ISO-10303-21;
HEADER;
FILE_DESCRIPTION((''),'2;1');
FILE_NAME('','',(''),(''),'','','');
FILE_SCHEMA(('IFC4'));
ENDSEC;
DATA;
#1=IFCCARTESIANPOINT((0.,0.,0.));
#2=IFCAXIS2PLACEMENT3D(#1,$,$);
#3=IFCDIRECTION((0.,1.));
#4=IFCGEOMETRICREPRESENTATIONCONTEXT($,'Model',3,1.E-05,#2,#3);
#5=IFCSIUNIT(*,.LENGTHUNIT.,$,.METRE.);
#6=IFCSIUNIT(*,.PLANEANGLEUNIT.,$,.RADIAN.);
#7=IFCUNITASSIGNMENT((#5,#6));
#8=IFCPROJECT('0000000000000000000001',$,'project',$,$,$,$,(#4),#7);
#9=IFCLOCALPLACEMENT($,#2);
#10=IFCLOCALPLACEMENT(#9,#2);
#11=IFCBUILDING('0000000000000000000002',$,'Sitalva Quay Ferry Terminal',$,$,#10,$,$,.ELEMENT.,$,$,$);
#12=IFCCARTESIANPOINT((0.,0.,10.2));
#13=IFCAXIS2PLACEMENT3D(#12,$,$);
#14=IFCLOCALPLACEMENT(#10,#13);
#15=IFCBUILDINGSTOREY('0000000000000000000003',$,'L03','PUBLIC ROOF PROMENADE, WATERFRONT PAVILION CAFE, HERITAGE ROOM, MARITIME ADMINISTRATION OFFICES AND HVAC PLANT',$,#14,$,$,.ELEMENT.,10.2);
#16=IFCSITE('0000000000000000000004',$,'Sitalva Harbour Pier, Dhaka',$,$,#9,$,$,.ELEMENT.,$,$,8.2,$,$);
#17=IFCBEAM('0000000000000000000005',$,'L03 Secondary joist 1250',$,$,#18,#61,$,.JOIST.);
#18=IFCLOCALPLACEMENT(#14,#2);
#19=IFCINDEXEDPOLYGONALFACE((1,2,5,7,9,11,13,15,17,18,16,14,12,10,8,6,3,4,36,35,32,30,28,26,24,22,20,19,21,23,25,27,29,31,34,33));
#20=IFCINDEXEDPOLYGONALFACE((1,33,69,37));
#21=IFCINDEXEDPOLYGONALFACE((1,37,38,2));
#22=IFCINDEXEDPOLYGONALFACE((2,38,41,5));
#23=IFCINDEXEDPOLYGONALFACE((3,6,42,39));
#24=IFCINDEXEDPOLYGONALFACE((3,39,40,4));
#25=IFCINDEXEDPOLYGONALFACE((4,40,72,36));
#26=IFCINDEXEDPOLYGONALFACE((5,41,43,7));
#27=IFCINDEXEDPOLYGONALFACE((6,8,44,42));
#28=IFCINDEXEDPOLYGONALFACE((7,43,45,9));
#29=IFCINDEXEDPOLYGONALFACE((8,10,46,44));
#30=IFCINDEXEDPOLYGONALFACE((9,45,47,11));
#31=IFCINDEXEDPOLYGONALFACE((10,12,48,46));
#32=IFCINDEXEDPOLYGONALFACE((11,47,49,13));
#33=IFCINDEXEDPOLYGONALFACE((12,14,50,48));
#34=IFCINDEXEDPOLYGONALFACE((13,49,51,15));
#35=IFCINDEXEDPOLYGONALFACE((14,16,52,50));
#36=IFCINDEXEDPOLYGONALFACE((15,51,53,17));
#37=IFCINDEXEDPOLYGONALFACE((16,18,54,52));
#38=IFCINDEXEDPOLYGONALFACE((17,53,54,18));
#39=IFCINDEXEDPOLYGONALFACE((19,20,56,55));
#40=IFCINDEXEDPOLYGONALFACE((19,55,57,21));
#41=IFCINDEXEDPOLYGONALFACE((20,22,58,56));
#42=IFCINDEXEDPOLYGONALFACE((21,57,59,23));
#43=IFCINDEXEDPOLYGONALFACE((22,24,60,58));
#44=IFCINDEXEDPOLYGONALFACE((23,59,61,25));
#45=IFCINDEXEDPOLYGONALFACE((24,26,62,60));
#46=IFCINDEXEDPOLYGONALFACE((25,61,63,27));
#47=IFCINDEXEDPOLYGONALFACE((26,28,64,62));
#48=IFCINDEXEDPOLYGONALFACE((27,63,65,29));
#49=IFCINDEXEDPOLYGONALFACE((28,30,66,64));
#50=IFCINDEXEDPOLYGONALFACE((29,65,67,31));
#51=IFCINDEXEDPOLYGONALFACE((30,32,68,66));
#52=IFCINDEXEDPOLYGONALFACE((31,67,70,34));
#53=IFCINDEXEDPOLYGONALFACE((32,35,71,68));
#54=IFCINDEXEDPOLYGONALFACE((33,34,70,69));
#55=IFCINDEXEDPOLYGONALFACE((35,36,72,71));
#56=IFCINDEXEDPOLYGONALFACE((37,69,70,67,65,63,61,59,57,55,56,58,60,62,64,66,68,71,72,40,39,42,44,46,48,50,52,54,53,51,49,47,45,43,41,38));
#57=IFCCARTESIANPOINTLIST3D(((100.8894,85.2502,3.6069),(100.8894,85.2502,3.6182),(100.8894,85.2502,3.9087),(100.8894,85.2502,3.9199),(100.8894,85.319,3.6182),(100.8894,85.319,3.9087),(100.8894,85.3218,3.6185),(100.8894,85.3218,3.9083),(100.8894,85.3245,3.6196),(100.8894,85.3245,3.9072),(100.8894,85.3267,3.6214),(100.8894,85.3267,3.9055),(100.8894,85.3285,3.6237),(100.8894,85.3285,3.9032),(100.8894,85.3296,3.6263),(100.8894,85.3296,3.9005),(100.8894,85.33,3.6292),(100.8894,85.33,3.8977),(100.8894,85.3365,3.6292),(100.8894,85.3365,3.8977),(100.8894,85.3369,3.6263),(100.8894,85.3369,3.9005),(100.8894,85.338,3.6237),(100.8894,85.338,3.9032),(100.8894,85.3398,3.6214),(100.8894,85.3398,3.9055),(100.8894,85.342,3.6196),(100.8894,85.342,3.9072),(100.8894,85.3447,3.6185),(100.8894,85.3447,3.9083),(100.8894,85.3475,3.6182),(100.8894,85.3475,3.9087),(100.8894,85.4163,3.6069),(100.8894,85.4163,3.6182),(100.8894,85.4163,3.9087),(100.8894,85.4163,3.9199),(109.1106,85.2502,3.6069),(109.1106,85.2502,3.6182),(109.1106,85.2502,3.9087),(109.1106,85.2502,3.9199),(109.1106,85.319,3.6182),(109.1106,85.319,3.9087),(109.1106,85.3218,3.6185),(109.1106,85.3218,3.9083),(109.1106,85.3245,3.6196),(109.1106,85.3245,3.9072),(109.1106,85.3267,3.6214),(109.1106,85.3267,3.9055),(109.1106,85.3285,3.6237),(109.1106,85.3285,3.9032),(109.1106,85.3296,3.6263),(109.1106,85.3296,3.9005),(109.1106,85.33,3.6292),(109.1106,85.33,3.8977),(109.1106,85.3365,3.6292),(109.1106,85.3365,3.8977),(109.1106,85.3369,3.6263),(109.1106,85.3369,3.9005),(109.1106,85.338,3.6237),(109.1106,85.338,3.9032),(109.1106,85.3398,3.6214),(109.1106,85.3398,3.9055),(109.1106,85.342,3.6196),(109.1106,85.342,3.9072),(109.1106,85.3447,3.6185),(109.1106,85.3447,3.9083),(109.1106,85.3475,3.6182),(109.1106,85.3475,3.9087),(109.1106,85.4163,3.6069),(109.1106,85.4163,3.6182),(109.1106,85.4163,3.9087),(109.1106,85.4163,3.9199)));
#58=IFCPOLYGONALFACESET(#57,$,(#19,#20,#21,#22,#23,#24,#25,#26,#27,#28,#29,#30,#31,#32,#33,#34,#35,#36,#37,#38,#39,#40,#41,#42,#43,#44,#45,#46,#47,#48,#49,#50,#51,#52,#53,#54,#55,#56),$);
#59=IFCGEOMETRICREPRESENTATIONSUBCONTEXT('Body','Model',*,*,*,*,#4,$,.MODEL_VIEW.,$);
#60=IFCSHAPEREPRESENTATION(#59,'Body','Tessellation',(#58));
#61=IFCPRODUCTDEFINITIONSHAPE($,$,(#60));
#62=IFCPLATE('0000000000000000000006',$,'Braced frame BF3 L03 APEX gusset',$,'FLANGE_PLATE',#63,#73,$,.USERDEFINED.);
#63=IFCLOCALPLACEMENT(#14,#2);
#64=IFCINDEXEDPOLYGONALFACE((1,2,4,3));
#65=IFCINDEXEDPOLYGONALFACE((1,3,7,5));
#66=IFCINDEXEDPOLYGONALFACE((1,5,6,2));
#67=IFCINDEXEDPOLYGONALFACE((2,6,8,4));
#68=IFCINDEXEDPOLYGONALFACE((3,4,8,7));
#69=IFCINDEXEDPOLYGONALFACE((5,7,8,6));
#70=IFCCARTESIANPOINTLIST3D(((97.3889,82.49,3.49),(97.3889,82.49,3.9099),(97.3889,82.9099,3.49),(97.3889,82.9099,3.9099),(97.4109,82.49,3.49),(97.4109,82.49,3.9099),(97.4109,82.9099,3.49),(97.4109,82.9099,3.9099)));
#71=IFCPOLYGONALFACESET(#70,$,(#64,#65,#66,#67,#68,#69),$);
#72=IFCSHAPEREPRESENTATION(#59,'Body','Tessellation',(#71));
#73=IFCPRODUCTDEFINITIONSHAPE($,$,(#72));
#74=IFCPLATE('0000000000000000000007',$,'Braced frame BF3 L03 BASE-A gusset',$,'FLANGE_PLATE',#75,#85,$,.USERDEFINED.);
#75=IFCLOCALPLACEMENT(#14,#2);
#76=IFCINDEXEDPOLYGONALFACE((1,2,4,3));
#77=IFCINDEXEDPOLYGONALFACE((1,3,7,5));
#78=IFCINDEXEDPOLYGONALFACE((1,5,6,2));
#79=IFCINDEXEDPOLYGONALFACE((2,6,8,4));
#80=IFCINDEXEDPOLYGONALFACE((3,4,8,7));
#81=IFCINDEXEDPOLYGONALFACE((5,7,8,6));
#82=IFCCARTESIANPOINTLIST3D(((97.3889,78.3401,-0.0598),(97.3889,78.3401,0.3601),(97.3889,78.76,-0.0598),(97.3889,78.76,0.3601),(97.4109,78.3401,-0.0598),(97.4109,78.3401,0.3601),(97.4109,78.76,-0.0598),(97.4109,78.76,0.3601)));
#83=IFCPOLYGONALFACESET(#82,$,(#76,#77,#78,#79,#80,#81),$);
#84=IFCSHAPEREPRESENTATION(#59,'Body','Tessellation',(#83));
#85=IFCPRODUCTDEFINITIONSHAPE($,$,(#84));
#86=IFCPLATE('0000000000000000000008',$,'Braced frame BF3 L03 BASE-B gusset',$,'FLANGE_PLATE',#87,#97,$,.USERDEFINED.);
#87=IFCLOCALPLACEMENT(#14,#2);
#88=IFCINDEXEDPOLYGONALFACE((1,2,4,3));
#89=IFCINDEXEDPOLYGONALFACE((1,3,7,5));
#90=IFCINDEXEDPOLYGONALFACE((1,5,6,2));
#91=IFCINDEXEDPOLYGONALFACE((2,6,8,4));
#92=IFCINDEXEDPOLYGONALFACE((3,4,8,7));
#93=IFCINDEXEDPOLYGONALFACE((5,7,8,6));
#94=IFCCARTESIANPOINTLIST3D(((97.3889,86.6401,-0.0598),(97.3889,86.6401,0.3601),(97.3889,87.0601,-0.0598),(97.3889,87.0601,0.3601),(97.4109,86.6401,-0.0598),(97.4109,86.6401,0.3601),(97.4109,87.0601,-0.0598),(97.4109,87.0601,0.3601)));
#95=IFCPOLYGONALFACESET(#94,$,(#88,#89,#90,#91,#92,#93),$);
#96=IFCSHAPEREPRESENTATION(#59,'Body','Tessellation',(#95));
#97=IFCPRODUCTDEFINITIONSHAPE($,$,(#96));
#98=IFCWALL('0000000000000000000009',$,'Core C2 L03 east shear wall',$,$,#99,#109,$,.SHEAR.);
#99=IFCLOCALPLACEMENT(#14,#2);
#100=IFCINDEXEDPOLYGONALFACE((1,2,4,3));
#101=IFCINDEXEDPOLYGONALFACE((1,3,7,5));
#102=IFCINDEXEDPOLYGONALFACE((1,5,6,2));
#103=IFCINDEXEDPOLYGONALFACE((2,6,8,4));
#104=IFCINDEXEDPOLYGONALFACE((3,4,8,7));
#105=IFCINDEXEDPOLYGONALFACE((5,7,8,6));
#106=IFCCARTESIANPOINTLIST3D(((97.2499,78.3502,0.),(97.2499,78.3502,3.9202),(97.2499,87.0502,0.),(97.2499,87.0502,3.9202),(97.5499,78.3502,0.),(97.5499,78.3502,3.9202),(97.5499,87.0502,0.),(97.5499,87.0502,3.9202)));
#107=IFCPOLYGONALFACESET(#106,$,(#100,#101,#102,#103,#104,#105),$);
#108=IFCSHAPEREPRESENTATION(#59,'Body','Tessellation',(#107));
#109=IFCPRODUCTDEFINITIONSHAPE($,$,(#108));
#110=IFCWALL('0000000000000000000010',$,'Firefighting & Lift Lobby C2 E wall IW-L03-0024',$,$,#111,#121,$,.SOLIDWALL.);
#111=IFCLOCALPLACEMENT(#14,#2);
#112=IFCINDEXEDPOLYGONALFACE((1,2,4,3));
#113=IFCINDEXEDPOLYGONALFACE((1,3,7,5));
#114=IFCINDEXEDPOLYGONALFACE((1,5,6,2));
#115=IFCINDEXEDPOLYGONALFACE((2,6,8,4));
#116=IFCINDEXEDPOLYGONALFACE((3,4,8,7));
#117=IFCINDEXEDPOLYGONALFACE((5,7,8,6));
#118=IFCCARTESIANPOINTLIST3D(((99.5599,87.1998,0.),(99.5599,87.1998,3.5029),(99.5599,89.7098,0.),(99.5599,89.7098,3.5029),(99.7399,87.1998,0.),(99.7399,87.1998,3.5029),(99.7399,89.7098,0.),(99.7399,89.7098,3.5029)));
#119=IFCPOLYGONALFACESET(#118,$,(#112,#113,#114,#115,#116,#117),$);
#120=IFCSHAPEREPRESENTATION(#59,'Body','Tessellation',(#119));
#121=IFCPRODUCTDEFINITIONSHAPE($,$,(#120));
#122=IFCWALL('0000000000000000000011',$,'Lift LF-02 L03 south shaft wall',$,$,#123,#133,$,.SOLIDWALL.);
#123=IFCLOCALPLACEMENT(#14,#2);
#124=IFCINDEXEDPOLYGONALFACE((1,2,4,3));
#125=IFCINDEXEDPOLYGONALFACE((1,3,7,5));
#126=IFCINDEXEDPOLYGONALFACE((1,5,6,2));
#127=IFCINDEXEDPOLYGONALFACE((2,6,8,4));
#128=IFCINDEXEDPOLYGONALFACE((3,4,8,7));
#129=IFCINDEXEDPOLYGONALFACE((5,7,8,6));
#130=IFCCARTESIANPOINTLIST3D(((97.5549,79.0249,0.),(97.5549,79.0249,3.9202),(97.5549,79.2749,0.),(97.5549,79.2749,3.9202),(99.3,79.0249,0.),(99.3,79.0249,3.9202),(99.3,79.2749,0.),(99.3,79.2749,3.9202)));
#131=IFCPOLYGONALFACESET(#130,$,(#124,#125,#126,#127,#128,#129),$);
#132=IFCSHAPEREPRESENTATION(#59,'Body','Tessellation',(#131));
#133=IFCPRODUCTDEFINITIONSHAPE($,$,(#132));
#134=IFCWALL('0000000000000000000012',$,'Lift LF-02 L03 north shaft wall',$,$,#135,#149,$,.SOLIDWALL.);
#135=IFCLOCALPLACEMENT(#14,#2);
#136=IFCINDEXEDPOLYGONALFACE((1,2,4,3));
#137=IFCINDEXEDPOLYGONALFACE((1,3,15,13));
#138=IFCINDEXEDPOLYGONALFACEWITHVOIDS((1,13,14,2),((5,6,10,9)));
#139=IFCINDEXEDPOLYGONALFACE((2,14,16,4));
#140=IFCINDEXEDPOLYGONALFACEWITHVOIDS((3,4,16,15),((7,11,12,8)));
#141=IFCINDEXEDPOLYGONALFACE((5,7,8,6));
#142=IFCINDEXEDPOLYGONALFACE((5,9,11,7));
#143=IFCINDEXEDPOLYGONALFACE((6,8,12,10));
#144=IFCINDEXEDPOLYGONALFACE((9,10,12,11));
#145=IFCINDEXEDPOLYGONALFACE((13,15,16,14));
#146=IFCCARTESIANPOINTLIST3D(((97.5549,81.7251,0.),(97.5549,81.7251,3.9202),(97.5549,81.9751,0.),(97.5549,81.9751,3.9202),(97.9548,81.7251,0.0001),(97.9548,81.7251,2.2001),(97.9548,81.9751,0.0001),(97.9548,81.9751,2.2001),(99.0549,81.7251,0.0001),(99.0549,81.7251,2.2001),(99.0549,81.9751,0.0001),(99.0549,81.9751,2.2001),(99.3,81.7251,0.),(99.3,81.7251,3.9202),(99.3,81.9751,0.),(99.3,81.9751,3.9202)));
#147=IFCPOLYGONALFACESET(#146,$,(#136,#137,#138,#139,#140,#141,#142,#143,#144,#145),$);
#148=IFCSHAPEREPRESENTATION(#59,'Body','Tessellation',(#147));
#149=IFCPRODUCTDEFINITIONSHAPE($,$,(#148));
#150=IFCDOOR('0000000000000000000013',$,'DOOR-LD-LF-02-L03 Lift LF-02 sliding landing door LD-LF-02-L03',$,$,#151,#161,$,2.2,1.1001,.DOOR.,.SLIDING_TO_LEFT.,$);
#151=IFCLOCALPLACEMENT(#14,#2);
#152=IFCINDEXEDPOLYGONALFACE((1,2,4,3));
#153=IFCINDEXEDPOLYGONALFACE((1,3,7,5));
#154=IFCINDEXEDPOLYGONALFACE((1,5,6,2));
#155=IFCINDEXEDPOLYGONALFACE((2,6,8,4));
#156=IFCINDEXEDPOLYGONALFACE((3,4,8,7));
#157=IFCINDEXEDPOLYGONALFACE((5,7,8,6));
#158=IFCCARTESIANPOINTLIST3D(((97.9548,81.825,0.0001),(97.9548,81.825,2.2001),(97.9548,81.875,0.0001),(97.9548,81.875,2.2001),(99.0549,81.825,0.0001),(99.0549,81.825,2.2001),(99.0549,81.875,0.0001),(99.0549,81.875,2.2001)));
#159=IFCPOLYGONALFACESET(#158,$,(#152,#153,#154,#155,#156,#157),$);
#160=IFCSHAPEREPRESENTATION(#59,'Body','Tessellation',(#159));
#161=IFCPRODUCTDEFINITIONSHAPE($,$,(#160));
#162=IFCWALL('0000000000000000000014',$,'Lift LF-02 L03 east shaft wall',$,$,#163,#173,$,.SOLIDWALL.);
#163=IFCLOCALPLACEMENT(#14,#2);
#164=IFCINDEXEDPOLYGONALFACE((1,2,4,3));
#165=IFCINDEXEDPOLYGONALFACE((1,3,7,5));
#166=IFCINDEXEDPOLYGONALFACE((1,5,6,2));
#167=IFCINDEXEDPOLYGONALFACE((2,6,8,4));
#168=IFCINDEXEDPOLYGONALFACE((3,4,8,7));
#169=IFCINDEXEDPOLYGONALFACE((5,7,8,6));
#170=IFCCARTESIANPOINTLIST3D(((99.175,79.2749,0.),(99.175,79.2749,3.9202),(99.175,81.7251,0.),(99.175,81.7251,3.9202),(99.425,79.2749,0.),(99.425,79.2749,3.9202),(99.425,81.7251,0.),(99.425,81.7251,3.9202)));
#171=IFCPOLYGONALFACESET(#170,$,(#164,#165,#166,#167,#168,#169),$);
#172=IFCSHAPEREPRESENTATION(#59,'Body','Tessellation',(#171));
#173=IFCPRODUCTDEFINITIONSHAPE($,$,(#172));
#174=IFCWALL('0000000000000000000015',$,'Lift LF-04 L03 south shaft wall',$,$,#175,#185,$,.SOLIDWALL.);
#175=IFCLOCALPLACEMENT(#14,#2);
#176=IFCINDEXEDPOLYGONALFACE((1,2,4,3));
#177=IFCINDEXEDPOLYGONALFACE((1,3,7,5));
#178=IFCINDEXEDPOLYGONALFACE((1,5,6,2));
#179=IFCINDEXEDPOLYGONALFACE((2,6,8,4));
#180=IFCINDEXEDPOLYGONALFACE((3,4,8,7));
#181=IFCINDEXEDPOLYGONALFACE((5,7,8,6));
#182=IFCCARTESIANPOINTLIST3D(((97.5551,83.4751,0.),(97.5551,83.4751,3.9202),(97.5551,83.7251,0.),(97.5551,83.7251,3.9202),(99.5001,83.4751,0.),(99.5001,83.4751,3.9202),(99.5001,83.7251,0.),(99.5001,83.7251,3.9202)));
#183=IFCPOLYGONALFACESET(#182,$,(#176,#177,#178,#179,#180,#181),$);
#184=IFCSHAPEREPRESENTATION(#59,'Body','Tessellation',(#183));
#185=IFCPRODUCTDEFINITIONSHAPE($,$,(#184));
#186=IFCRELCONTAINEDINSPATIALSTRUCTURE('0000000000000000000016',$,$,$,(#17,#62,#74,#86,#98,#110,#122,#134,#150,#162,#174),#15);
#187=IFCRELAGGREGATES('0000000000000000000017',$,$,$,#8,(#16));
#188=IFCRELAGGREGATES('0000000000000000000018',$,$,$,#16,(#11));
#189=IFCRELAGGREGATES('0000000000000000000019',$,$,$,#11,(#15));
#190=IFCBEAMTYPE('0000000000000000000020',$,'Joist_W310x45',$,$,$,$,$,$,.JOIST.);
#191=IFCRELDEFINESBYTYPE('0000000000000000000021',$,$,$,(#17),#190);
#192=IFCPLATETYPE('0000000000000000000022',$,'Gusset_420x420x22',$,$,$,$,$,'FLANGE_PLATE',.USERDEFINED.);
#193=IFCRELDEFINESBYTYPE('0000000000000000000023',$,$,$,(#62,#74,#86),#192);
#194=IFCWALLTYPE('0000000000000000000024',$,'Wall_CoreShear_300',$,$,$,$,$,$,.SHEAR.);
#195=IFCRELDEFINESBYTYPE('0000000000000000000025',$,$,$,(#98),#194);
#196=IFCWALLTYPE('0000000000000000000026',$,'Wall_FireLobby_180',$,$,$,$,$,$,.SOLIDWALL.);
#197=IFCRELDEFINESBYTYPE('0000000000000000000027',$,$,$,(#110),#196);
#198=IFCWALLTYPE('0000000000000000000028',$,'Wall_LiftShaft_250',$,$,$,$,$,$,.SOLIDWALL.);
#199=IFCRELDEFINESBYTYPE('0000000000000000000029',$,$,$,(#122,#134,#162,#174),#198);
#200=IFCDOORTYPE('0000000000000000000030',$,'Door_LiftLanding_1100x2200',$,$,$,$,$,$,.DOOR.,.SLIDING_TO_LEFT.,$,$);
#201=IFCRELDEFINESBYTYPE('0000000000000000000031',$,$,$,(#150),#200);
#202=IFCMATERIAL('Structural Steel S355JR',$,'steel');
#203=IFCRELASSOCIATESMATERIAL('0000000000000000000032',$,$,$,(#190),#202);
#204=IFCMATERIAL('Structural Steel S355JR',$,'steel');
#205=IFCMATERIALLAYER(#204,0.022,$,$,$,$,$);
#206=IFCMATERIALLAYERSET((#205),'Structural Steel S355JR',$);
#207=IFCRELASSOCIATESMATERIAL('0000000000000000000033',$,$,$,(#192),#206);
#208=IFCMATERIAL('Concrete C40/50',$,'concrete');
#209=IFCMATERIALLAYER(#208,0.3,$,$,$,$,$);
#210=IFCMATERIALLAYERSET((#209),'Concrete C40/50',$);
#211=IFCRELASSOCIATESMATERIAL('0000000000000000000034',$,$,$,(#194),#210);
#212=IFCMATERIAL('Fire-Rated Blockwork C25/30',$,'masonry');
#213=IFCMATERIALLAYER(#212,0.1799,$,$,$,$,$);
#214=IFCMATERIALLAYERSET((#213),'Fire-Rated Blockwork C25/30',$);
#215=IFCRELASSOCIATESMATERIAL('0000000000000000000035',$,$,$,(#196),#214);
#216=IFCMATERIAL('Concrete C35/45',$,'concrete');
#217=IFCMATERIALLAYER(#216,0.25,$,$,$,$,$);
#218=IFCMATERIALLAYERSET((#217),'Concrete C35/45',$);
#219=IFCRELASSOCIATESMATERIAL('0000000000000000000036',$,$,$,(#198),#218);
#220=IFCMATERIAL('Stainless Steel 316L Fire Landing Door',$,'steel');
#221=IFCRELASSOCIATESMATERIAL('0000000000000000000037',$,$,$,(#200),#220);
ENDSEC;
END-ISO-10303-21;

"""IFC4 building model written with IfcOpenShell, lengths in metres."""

from ifc_helpers import new_model, si_unit, direction, frame, frame_2d, origin, origin_2d, place, context, subcontext, project, spatial, rectangle, i_section, extrude, material, layer, layer_set, material_profile, profile_set, type_object, element, fill, save


model = new_model("IFC4")

# Units and contexts
model_context = context("Model", 3, precision=1e-05, world=origin(), true_north=direction((0.0, 1.0)))
body_context = subcontext(model_context, "Body", "Model", "MODEL_VIEW")
ifc_project = project(units=[si_unit("LENGTHUNIT", "METRE"), si_unit("PLANEANGLEUNIT", "RADIAN")], contexts=[model_context])

# Site, building, storey
site_placement = place(None, origin())
site = spatial("IfcSite", under=ifc_project, at=site_placement, Name="Sitalva Harbour Pier, Dhaka", CompositionType="ELEMENT", RefElevation=8.2)
building_placement = place(site_placement, origin())
building = spatial("IfcBuilding", under=site, at=building_placement, Name="Sitalva Quay Ferry Terminal", CompositionType="ELEMENT")
storey_placement = place(building_placement, frame((0.0, 0.0, 10.2)))
storey = spatial("IfcBuildingStorey", under=building, at=storey_placement, Name="L03", Description="PUBLIC ROOF PROMENADE, WATERFRONT PAVILION CAFE, HERITAGE ROOM, MARITIME ADMINISTRATION OFFICES AND HVAC PLANT", CompositionType="ELEMENT", Elevation=10.2)

# Beam
ifc_material_1 = material(Name="Structural Steel S355JR", Category="steel")
ifc_material_profile_1 = material_profile(ifc_material_1, i_section(OverallWidth=0.166, OverallDepth=0.313, WebThickness=0.0066, FlangeThickness=0.0112, FilletRadius=0.011, at=origin_2d()), Name="W310x45")
ifc_profile_set_1 = profile_set([ifc_material_profile_1], Name="Structural Steel S355JR")
beam_type_1 = type_object("IfcBeamType", Name="Joist_W310x45", PredefinedType="JOIST", material=ifc_profile_set_1)
for number, where, z_axis, x_axis, name in (
    (1, (100.8894, 85.3333, 3.7634), (1.0, 0.0, 0.0), (0.0, 1.0, 0.0), "L03 Secondary joist 1250"),
):
    element("IfcBeam", number, at=place(storey_placement, frame(where, z_axis=z_axis, x_axis=x_axis)), inside=storey, type_object=beam_type_1, Name=name, PredefinedType="JOIST", context=body_context, shape_type="SweptSolid", body=[
        extrude(i_section(OverallWidth=0.166, OverallDepth=0.313, WebThickness=0.0066, FlangeThickness=0.0112, FilletRadius=0.011, at=origin_2d()), origin(), (0.0, 0.0, 1.0), 8.2212),
    ])

# Plates
ifc_material_2 = material(Name="Structural Steel S355JR", Category="steel")
ifc_layer_1 = layer(ifc_material_2, 0.022)
ifc_layer_set_1 = layer_set([ifc_layer_1], Name="Structural Steel S355JR")
plate_type = type_object("IfcPlateType", Name="Gusset_420x420x22", ElementType="FLANGE_PLATE", PredefinedType="USERDEFINED", material=ifc_layer_set_1)
for number, where, z_axis, x_axis, name in (
    (2, (97.3999, 82.7, 3.49), (0.0, 0.0, 1.0), (1.0, 0.0, 0.0), "Braced frame BF3 L03 APEX gusset"),
    (3, (97.3999, 78.55, -0.0598), (0.0, 0.0, 1.0), (1.0, 0.0, 0.0), "Braced frame BF3 L03 BASE-A gusset"),
    (4, (97.3999, 86.8501, -0.0598), (0.0, 0.0, 1.0), (1.0, 0.0, 0.0), "Braced frame BF3 L03 BASE-B gusset"),
):
    element("IfcPlate", number, at=place(storey_placement, frame(where, z_axis=z_axis, x_axis=x_axis)), inside=storey, type_object=plate_type, Name=name, ObjectType="FLANGE_PLATE", PredefinedType="USERDEFINED", context=body_context, shape_type="SweptSolid", body=[
        extrude(rectangle(XDim=0.022, YDim=0.4199, at=origin_2d()), origin(), (0.0, 0.0, 1.0), 0.4199),
    ])

# Walls
ifc_material_3 = material(Name="Concrete C40/50", Category="concrete")
ifc_layer_2 = layer(ifc_material_3, 0.3)
ifc_layer_set_2 = layer_set([ifc_layer_2], Name="Concrete C40/50")
wall_type_1 = type_object("IfcWallType", Name="Wall_CoreShear_300", PredefinedType="SHEAR", material=ifc_layer_set_2)
wall_1_placement = place(storey_placement, frame((97.3999, 78.3501, 0.0), z_axis=(0.0, 0.0, 1.0), x_axis=(0.0, 1.0, 0.0)))
element("IfcWall", 5, at=wall_1_placement, inside=storey, type_object=wall_type_1, Name="Core C2 L03 east shear wall", PredefinedType="SHEAR", context=body_context, shape_type="SweptSolid", body=[
    extrude(rectangle(XDim=8.7, YDim=0.3, at=frame_2d((4.3501, 0.0))), origin(), (0.0, 0.0, 1.0), 3.9202),
])
ifc_material_4 = material(Name="Fire-Rated Blockwork C25/30", Category="masonry")
ifc_layer_3 = layer(ifc_material_4, 0.1799)
ifc_layer_set_3 = layer_set([ifc_layer_3], Name="Fire-Rated Blockwork C25/30")
wall_type_2 = type_object("IfcWallType", Name="Wall_FireLobby_180", PredefinedType="SOLIDWALL", material=ifc_layer_set_3)
wall_2_placement = place(storey_placement, frame((99.6499, 87.2, 0.0), z_axis=(0.0, 0.0, 1.0), x_axis=(0.0, 1.0, 0.0)))
element("IfcWall", 6, at=wall_2_placement, inside=storey, type_object=wall_type_2, Name="Firefighting & Lift Lobby C2 E wall IW-L03-0024", PredefinedType="SOLIDWALL", context=body_context, shape_type="SweptSolid", body=[
    extrude(rectangle(XDim=2.51, YDim=0.1799, at=frame_2d((1.2549, 0.0))), origin(), (0.0, 0.0, 1.0), 3.5029),
])
ifc_material_5 = material(Name="Concrete C35/45", Category="concrete")
ifc_layer_4 = layer(ifc_material_5, 0.25)
ifc_layer_set_4 = layer_set([ifc_layer_4], Name="Concrete C35/45")
wall_type_3 = type_object("IfcWallType", Name="Wall_LiftShaft_250", PredefinedType="SOLIDWALL", material=ifc_layer_set_4)
wall_3_placement = place(storey_placement, frame((97.5549, 79.1499, 0.0), z_axis=(0.0, 0.0, 1.0), x_axis=(1.0, 0.0, 0.0)))
element("IfcWall", 7, at=wall_3_placement, inside=storey, type_object=wall_type_3, Name="Lift LF-02 L03 south shaft wall", PredefinedType="SOLIDWALL", context=body_context, shape_type="SweptSolid", body=[
    extrude(rectangle(XDim=1.7451, YDim=0.25, at=frame_2d((0.8726, 0.0))), origin(), (0.0, 0.0, 1.0), 3.9202),
])

# Wall, opening, door
wall_4_placement = place(storey_placement, frame((97.5549, 81.8501, 0.0), z_axis=(0.0, 0.0, 1.0), x_axis=(1.0, 0.0, 0.0)))
wall_4 = element("IfcWall", 8, at=wall_4_placement, inside=storey, type_object=wall_type_3, Name="Lift LF-02 L03 north shaft wall", PredefinedType="SOLIDWALL", context=body_context, shape_type="SweptSolid", body=[
    extrude(rectangle(XDim=1.7451, YDim=0.25, at=frame_2d((0.8726, 0.0))), origin(), (0.0, 0.0, 1.0), 3.9202),
])
opening_1_placement = place(wall_4_placement, frame((0.3999, 0.0, 0.0)))
opening_1 = element("IfcOpeningElement", 9, at=opening_1_placement, cuts=wall_4, PredefinedType="OPENING", context=body_context, shape_type="SweptSolid", body=[
    extrude(rectangle(XDim=1.1001, YDim=2.2, at=frame_2d((0.55, 1.1001))), frame((0.0, 0.135, 0.0), z_axis=(0.0, -1.0, 0.0), x_axis=(1.0, 0.0, 0.0)), (0.0, 0.0, 1.0), 0.27),
])
ifc_material_6 = material(Name="Stainless Steel 316L Fire Landing Door", Category="steel")
door_type = type_object("IfcDoorType", Name="Door_LiftLanding_1100x2200", OperationType="SLIDING_TO_LEFT", PredefinedType="DOOR", material=ifc_material_6)
door_1_placement = place(opening_1_placement, origin())
door_1 = element("IfcDoor", 10, at=door_1_placement, inside=storey, type_object=door_type, Name="DOOR-LD-LF-02-L03 Lift LF-02 sliding landing door LD-LF-02-L03", OperationType="SLIDING_TO_LEFT", OverallHeight=2.2, OverallWidth=1.1001, PredefinedType="DOOR", context=body_context, shape_type="SweptSolid", body=[
    extrude(rectangle(XDim=1.1001, YDim=2.2, at=frame_2d((0.55, 1.1001))), frame((0.0, 0.0249, 0.0), z_axis=(0.0, -1.0, 0.0), x_axis=(1.0, 0.0, 0.0)), (0.0, 0.0, 1.0), 0.05),
])
fill(opening_1, door_1)

# Walls
wall_5_placement = place(storey_placement, frame((99.3, 79.2749, 0.0), z_axis=(0.0, 0.0, 1.0), x_axis=(0.0, 1.0, 0.0)))
element("IfcWall", 11, at=wall_5_placement, inside=storey, type_object=wall_type_3, Name="Lift LF-02 L03 east shaft wall", PredefinedType="SOLIDWALL", context=body_context, shape_type="SweptSolid", body=[
    extrude(rectangle(XDim=2.4502, YDim=0.25, at=frame_2d((1.2251, 0.0))), origin(), (0.0, 0.0, 1.0), 3.9202),
])
wall_6_placement = place(storey_placement, frame((97.5549, 83.6001, 0.0), z_axis=(0.0, 0.0, 1.0), x_axis=(1.0, 0.0, 0.0)))
element("IfcWall", 12, at=wall_6_placement, inside=storey, type_object=wall_type_3, Name="Lift LF-04 L03 south shaft wall", PredefinedType="SOLIDWALL", context=body_context, shape_type="SweptSolid", body=[
    extrude(rectangle(XDim=1.9451, YDim=0.25, at=frame_2d((0.9727, 0.0))), origin(), (0.0, 0.0, 1.0), 3.9202),
])

save(model, "model.ifc")
